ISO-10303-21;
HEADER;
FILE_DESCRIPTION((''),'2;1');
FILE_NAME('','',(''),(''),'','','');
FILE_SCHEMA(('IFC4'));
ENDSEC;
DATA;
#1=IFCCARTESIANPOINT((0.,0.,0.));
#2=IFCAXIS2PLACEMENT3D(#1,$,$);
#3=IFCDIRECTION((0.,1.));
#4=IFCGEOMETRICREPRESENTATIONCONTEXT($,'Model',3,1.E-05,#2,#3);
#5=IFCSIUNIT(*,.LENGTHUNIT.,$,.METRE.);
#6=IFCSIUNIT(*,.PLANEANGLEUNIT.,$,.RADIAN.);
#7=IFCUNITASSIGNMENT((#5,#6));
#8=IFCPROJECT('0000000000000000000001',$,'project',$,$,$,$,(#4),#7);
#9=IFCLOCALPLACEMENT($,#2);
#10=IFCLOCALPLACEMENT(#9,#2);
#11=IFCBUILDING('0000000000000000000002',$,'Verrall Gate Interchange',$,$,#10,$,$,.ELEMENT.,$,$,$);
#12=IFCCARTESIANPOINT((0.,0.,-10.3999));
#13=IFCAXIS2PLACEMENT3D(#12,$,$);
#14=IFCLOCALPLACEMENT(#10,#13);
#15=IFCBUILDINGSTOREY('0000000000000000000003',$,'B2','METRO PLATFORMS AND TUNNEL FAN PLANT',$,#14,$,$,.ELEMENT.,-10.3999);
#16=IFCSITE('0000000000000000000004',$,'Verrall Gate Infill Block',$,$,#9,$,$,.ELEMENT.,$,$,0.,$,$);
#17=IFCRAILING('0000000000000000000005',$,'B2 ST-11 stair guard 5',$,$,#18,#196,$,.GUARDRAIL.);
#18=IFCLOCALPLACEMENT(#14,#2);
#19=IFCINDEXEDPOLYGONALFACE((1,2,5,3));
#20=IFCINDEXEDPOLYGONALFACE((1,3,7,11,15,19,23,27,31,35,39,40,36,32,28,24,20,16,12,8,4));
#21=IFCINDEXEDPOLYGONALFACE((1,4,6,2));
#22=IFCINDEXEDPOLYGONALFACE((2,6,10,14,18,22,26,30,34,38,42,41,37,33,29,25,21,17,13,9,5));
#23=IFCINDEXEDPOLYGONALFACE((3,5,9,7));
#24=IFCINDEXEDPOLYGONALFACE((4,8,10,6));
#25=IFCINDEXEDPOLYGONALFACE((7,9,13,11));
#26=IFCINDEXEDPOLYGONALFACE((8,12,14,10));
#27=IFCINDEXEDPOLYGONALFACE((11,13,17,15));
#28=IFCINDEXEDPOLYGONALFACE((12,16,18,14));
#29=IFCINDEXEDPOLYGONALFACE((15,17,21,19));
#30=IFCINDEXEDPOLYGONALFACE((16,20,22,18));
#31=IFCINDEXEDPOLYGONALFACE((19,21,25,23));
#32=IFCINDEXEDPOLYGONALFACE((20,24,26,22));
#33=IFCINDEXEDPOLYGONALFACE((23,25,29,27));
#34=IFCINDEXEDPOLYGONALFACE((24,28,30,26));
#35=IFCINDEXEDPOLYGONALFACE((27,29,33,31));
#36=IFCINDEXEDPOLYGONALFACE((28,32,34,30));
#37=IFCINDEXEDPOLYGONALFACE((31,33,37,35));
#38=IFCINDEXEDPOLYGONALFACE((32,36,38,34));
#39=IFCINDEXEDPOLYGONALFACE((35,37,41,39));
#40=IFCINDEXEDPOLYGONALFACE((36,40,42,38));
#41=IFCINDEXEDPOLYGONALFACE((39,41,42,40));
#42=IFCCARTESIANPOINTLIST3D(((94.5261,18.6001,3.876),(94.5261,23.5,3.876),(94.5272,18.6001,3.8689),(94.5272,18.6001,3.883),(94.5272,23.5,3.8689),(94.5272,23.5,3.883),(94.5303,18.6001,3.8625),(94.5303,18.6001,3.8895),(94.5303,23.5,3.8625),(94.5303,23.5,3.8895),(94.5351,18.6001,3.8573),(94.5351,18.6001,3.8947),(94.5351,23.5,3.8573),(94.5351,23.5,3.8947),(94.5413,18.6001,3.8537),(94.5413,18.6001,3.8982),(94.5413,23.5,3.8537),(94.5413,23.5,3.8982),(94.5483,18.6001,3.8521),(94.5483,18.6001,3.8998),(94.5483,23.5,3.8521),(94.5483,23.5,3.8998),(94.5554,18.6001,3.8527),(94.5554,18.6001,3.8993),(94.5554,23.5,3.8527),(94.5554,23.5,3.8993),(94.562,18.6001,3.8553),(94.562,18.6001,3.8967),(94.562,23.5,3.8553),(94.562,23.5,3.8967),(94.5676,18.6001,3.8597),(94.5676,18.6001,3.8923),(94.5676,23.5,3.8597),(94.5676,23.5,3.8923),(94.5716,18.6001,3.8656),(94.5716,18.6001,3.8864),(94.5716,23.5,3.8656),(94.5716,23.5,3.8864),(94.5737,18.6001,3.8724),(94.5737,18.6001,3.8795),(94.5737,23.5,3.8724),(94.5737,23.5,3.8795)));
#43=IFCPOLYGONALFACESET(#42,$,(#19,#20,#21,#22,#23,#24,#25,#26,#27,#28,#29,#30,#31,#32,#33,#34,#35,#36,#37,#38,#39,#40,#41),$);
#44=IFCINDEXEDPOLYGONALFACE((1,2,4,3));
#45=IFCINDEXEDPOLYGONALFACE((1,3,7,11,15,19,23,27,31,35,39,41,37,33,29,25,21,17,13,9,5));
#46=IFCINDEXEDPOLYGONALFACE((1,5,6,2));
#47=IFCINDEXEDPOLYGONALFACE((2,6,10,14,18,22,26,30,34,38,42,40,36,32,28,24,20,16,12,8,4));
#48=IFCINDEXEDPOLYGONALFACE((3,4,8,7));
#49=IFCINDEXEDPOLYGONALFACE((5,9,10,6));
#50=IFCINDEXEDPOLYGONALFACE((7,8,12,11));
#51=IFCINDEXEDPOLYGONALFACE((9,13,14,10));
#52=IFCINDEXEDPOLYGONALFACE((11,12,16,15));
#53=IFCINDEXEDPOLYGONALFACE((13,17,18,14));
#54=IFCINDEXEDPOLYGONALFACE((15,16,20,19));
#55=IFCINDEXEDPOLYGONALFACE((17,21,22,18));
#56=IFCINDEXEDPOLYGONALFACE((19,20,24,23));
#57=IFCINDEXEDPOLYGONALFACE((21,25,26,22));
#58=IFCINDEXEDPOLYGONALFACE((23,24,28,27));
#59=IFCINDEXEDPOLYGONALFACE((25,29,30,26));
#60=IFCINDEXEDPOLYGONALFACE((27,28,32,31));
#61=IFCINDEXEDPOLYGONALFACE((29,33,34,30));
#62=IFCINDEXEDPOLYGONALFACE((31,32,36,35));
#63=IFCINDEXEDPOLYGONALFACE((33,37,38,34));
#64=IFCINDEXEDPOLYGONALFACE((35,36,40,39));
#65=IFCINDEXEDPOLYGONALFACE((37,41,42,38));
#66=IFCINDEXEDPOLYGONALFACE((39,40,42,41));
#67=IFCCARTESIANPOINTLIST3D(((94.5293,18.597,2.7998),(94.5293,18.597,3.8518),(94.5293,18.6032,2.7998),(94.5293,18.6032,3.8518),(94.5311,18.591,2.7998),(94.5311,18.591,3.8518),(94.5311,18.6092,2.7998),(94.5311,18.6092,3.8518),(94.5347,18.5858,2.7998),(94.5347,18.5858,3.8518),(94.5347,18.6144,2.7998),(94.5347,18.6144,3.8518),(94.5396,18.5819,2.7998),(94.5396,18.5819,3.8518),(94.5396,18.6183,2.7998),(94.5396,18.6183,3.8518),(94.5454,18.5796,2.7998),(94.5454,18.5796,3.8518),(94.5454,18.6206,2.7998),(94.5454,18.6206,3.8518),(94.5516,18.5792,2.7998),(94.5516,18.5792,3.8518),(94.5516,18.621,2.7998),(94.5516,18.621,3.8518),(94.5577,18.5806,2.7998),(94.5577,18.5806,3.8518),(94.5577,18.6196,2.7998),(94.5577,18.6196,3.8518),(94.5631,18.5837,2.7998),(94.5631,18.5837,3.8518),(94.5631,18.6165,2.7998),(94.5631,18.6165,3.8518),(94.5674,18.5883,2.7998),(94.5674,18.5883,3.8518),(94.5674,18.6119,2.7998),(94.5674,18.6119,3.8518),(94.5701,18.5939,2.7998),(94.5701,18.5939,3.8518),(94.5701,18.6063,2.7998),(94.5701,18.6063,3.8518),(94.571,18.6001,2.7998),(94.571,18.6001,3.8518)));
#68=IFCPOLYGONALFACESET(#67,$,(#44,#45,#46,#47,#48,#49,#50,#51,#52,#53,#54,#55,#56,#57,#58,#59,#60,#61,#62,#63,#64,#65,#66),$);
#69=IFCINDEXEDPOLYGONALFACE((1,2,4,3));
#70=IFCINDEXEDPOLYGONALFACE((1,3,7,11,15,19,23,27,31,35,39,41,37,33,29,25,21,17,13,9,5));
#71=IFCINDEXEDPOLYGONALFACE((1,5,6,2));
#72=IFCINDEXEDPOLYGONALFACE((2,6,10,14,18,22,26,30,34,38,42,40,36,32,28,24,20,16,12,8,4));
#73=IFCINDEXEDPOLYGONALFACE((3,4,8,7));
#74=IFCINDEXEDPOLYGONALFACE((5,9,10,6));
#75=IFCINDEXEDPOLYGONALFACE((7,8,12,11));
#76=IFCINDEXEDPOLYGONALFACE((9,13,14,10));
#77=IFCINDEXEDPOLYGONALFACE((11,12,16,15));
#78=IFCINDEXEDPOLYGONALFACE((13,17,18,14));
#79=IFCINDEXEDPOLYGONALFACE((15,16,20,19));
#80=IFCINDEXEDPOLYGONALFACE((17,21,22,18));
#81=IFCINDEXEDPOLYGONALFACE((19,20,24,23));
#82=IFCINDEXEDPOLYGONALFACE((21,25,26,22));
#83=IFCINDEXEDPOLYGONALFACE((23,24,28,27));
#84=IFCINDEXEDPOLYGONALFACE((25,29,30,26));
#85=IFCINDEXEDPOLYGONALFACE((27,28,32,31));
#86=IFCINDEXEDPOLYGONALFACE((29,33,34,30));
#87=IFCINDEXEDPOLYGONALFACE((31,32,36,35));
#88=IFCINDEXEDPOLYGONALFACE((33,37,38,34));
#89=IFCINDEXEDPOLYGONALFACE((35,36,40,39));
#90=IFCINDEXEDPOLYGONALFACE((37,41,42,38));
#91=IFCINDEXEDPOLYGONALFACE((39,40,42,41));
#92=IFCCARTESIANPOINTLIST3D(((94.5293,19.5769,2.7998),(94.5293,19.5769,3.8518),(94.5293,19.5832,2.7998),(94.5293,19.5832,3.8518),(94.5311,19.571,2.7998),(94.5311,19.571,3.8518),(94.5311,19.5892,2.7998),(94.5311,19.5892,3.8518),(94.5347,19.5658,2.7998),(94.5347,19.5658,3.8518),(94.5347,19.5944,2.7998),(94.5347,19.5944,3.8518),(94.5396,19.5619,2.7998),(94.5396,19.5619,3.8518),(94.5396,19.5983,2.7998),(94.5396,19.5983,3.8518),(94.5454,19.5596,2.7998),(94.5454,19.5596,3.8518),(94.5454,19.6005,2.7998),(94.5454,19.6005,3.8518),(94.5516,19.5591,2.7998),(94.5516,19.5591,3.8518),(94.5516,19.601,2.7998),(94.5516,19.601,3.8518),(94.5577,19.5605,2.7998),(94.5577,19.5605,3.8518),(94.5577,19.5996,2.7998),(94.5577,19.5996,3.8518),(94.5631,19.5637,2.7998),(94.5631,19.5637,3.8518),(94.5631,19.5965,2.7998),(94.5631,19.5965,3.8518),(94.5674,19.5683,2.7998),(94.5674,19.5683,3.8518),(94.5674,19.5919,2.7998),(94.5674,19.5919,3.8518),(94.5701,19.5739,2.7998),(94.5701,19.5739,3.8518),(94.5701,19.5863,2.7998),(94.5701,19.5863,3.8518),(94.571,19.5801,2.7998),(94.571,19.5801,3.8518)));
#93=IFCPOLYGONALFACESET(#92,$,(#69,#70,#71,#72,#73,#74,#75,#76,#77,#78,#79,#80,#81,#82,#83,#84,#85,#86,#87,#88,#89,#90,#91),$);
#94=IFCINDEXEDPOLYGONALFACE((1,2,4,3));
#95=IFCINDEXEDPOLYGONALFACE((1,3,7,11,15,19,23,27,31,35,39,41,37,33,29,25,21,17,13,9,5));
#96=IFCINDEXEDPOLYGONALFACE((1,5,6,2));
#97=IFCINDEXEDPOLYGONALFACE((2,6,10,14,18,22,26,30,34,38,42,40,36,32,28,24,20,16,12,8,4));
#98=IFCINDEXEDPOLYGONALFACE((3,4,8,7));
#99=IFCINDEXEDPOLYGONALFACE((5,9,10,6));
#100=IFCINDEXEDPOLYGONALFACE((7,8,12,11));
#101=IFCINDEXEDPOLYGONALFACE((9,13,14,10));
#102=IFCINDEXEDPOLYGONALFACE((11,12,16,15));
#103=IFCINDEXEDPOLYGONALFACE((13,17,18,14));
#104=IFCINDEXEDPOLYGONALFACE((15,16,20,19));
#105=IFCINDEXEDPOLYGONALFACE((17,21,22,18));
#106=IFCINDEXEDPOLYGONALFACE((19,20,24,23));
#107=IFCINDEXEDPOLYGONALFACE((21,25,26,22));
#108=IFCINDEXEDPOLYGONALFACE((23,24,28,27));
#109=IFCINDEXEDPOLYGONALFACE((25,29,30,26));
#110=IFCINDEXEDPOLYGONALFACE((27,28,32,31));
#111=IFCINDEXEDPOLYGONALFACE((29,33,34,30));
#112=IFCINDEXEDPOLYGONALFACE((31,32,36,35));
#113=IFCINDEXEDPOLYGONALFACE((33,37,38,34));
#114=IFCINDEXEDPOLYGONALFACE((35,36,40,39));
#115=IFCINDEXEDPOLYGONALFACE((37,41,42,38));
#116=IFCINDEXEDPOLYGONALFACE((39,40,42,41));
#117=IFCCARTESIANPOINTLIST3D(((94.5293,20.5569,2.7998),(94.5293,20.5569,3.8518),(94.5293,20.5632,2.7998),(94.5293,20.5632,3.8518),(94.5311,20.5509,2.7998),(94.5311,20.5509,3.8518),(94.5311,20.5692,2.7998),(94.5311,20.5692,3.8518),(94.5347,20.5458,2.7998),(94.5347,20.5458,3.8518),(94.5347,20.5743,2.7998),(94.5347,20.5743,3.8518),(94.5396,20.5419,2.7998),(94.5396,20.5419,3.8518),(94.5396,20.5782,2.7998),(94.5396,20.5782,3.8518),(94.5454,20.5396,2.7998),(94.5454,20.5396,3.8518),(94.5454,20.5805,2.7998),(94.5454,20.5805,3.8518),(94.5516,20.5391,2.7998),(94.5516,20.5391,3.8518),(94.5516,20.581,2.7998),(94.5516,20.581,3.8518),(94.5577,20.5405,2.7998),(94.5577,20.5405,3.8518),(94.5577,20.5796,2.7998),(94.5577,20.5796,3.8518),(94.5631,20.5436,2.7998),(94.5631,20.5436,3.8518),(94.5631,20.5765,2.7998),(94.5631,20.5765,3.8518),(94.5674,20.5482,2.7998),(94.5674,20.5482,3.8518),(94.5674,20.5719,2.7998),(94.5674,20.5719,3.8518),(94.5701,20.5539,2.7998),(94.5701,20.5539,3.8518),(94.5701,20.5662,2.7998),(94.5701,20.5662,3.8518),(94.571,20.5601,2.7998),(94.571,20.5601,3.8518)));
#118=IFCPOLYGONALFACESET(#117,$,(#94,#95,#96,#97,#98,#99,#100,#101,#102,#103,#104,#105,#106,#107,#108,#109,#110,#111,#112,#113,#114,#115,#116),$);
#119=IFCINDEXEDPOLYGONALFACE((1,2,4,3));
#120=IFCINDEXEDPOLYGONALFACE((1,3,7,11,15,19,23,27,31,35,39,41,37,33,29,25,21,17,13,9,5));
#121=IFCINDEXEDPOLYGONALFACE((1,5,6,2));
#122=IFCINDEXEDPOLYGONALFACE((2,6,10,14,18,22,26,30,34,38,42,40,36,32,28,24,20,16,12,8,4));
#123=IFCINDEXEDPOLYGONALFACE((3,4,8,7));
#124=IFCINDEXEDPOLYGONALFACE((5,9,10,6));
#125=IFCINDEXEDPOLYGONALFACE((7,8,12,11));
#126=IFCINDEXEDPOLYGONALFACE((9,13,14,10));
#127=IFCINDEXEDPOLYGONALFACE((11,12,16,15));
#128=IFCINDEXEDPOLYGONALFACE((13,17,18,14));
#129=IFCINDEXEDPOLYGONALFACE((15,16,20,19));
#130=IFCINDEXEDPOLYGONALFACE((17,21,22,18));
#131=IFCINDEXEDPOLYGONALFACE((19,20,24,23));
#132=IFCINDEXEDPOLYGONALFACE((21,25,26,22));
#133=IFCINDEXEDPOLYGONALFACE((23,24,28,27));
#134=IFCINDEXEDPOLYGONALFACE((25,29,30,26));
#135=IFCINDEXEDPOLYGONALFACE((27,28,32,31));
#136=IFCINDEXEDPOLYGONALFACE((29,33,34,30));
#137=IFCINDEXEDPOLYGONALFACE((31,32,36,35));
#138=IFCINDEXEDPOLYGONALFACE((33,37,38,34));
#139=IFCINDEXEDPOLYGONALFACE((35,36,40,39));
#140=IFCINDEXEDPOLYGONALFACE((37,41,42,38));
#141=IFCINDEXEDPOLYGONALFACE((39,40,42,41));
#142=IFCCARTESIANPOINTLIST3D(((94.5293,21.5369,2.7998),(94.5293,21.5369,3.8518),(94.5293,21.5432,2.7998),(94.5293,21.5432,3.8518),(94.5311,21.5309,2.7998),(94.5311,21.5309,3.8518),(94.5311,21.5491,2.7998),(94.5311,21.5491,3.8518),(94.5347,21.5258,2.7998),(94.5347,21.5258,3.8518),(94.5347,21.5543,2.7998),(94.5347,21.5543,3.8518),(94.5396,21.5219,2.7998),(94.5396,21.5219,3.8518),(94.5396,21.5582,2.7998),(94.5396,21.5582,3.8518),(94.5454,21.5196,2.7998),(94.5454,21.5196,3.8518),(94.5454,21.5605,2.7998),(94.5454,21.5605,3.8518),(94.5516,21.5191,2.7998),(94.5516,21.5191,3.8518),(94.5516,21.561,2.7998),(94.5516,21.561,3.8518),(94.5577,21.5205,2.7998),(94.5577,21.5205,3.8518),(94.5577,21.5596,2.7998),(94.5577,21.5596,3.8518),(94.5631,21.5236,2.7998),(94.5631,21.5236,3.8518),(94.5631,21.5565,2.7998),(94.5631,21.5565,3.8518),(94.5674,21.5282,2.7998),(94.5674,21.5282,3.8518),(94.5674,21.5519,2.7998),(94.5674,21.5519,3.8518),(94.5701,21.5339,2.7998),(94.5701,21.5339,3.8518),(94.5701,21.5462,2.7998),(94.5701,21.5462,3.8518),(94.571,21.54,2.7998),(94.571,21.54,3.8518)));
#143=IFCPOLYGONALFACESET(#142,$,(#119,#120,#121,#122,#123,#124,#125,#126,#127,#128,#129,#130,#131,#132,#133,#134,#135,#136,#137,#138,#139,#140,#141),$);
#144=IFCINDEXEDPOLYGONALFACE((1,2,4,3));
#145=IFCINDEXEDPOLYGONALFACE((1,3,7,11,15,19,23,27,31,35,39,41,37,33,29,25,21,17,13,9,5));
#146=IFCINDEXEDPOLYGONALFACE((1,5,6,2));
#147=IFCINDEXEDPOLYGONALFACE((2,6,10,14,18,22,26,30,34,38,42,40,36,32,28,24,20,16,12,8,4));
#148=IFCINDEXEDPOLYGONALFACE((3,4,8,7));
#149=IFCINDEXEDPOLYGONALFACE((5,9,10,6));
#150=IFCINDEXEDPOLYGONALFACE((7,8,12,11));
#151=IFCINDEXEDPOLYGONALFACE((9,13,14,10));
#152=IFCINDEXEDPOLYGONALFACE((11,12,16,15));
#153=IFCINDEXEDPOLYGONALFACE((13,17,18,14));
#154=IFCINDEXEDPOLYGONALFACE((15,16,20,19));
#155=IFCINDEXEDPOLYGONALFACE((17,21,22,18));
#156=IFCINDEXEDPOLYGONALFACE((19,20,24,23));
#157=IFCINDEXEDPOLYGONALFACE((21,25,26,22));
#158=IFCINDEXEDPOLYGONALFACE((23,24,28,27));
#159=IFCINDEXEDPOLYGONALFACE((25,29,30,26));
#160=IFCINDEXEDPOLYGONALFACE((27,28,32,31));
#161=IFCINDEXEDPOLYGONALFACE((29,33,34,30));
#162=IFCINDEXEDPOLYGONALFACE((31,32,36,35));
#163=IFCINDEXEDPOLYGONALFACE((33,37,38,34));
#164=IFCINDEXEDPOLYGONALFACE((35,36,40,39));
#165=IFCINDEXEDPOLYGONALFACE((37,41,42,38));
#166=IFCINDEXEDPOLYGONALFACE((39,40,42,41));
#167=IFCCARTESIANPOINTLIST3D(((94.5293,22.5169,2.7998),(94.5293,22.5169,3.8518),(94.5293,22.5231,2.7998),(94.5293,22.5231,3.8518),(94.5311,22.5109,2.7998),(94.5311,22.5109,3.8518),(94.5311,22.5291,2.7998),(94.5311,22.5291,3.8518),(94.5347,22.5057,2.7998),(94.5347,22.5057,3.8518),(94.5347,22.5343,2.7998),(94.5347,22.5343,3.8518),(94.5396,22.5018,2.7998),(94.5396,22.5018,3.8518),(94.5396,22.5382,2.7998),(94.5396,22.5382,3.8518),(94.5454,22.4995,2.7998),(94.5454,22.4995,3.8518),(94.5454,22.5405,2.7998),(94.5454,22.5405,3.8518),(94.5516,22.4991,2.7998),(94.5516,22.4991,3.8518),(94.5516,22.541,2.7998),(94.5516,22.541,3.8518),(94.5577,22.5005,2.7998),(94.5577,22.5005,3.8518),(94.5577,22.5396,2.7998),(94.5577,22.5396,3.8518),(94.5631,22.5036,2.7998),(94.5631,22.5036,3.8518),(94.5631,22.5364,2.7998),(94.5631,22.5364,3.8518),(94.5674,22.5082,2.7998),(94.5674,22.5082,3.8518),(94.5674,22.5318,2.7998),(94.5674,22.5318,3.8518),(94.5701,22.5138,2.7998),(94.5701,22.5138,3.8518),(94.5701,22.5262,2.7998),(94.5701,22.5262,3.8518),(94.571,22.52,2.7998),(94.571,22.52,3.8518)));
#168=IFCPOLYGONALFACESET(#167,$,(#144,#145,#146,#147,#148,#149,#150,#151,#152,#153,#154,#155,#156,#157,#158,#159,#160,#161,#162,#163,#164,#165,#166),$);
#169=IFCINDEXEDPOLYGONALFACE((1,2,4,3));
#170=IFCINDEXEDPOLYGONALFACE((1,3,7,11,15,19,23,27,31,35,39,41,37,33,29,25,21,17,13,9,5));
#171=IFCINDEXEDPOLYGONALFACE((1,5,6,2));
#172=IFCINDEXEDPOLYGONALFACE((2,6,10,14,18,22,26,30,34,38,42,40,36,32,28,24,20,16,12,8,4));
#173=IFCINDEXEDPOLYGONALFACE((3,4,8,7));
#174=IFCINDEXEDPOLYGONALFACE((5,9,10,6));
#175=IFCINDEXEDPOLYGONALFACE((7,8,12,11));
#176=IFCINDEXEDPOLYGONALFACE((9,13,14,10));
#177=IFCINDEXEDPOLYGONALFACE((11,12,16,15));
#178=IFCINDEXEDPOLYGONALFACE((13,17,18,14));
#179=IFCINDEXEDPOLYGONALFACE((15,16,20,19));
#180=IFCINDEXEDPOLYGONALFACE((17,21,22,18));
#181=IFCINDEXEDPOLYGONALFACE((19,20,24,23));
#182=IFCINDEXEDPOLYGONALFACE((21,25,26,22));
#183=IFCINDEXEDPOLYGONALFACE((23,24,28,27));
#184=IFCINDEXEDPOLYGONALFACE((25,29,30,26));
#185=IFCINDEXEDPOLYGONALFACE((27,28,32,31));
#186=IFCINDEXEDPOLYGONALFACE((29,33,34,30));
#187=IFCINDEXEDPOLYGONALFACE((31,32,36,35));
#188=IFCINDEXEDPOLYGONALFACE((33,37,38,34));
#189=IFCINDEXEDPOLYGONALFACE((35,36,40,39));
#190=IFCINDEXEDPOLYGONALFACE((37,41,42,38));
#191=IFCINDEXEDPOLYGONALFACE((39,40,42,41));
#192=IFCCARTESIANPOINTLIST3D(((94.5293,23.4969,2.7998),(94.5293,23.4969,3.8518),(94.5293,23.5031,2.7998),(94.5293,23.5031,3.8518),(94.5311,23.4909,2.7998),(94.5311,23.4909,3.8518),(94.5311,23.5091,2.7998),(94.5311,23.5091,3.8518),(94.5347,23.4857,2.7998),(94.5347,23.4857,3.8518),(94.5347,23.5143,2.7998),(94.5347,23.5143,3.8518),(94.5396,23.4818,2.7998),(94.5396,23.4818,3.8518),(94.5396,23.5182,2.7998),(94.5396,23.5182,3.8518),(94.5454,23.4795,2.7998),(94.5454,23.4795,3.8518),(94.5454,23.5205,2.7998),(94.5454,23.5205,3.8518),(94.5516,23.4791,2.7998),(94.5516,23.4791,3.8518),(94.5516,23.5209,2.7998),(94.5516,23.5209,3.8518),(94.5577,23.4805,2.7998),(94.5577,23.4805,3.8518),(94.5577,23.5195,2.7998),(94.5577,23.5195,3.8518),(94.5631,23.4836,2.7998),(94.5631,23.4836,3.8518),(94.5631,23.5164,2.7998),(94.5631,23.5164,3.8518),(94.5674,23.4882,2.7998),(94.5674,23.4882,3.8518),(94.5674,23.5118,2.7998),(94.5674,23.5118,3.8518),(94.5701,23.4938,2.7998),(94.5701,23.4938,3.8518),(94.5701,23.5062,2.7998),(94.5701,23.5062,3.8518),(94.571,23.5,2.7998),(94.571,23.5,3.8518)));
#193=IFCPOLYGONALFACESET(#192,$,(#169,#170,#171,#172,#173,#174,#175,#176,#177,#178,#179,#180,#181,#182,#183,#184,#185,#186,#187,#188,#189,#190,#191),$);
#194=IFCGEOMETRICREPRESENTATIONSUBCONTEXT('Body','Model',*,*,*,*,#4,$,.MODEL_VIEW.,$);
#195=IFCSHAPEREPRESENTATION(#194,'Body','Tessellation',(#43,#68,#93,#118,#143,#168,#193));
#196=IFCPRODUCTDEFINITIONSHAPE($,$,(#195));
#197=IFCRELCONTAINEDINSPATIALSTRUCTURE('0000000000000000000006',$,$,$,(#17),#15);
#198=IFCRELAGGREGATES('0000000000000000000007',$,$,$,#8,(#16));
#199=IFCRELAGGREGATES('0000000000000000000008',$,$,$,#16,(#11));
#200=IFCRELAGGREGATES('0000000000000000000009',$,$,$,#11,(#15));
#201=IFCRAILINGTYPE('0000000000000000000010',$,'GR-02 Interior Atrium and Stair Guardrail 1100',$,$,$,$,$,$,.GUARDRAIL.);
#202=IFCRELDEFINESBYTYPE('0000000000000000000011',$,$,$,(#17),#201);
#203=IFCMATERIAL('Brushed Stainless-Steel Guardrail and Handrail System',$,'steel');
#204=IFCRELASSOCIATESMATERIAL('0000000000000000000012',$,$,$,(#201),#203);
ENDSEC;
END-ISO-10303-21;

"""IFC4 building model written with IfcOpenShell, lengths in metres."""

from ifc_helpers import new_model, si_unit, direction, frame, origin, origin_2d, place, context, subcontext, project, spatial, circle, extrude, material, type_object, element, save


model = new_model("IFC4")

# Units and contexts
model_context = context("Model", 3, precision=1e-05, world=origin(), true_north=direction((0.0, 1.0)))
body_context = subcontext(model_context, "Body", "Model", "MODEL_VIEW")
ifc_project = project(units=[si_unit("LENGTHUNIT", "METRE"), si_unit("PLANEANGLEUNIT", "RADIAN")], contexts=[model_context])

# Site, building, storey
site_placement = place(None, origin())
site = spatial("IfcSite", under=ifc_project, at=site_placement, Name="Verrall Gate Infill Block", CompositionType="ELEMENT", RefElevation=0.0)
building_placement = place(site_placement, origin())
building = spatial("IfcBuilding", under=site, at=building_placement, Name="Verrall Gate Interchange", CompositionType="ELEMENT")
storey_placement = place(building_placement, frame((0.0, 0.0, -10.3999)))
storey = spatial("IfcBuildingStorey", under=building, at=storey_placement, Name="B2", Description="METRO PLATFORMS AND TUNNEL FAN PLANT", CompositionType="ELEMENT", Elevation=-10.3999)

# Railing
ifc_material_1 = material(Name="Brushed Stainless-Steel Guardrail and Handrail System", Category="steel")
railing_type_1 = type_object("IfcRailingType", Name="GR-02 Interior Atrium and Stair Guardrail 1100", PredefinedType="GUARDRAIL", material=ifc_material_1)
railing_1_placement = place(storey_placement, frame((94.55, 18.6001, 2.7998)))
element("IfcRailing", 1, at=railing_1_placement, inside=storey, type_object=railing_type_1, Name="B2 ST-11 stair guard 5", PredefinedType="GUARDRAIL", context=body_context, shape_type="SweptSolid", body=[
    extrude(circle(Radius=0.0239, at=origin_2d()), frame((0.0, 0.0, 1.0762), z_axis=(0.0, 1.0, 0.0), x_axis=(-1.0, 0.0, 0.0)), (0.0, 0.0, 1.0), 4.8999),
    extrude(circle(Radius=0.021, at=origin_2d()), origin(), (0.0, 0.0, 1.0), 1.052),
    extrude(circle(Radius=0.021, at=origin_2d()), frame((0.0, 0.98, 0.0)), (0.0, 0.0, 1.0), 1.052),
    extrude(circle(Radius=0.021, at=origin_2d()), frame((0.0, 1.96, 0.0)), (0.0, 0.0, 1.0), 1.052),
    extrude(circle(Radius=0.021, at=origin_2d()), frame((0.0, 2.9399, 0.0)), (0.0, 0.0, 1.0), 1.052),
    extrude(circle(Radius=0.021, at=origin_2d()), frame((0.0, 3.9199, 0.0)), (0.0, 0.0, 1.0), 1.052),
    extrude(circle(Radius=0.021, at=origin_2d()), frame((0.0, 4.8999, 0.0)), (0.0, 0.0, 1.0), 1.052),
])

save(model, "model.ifc")
